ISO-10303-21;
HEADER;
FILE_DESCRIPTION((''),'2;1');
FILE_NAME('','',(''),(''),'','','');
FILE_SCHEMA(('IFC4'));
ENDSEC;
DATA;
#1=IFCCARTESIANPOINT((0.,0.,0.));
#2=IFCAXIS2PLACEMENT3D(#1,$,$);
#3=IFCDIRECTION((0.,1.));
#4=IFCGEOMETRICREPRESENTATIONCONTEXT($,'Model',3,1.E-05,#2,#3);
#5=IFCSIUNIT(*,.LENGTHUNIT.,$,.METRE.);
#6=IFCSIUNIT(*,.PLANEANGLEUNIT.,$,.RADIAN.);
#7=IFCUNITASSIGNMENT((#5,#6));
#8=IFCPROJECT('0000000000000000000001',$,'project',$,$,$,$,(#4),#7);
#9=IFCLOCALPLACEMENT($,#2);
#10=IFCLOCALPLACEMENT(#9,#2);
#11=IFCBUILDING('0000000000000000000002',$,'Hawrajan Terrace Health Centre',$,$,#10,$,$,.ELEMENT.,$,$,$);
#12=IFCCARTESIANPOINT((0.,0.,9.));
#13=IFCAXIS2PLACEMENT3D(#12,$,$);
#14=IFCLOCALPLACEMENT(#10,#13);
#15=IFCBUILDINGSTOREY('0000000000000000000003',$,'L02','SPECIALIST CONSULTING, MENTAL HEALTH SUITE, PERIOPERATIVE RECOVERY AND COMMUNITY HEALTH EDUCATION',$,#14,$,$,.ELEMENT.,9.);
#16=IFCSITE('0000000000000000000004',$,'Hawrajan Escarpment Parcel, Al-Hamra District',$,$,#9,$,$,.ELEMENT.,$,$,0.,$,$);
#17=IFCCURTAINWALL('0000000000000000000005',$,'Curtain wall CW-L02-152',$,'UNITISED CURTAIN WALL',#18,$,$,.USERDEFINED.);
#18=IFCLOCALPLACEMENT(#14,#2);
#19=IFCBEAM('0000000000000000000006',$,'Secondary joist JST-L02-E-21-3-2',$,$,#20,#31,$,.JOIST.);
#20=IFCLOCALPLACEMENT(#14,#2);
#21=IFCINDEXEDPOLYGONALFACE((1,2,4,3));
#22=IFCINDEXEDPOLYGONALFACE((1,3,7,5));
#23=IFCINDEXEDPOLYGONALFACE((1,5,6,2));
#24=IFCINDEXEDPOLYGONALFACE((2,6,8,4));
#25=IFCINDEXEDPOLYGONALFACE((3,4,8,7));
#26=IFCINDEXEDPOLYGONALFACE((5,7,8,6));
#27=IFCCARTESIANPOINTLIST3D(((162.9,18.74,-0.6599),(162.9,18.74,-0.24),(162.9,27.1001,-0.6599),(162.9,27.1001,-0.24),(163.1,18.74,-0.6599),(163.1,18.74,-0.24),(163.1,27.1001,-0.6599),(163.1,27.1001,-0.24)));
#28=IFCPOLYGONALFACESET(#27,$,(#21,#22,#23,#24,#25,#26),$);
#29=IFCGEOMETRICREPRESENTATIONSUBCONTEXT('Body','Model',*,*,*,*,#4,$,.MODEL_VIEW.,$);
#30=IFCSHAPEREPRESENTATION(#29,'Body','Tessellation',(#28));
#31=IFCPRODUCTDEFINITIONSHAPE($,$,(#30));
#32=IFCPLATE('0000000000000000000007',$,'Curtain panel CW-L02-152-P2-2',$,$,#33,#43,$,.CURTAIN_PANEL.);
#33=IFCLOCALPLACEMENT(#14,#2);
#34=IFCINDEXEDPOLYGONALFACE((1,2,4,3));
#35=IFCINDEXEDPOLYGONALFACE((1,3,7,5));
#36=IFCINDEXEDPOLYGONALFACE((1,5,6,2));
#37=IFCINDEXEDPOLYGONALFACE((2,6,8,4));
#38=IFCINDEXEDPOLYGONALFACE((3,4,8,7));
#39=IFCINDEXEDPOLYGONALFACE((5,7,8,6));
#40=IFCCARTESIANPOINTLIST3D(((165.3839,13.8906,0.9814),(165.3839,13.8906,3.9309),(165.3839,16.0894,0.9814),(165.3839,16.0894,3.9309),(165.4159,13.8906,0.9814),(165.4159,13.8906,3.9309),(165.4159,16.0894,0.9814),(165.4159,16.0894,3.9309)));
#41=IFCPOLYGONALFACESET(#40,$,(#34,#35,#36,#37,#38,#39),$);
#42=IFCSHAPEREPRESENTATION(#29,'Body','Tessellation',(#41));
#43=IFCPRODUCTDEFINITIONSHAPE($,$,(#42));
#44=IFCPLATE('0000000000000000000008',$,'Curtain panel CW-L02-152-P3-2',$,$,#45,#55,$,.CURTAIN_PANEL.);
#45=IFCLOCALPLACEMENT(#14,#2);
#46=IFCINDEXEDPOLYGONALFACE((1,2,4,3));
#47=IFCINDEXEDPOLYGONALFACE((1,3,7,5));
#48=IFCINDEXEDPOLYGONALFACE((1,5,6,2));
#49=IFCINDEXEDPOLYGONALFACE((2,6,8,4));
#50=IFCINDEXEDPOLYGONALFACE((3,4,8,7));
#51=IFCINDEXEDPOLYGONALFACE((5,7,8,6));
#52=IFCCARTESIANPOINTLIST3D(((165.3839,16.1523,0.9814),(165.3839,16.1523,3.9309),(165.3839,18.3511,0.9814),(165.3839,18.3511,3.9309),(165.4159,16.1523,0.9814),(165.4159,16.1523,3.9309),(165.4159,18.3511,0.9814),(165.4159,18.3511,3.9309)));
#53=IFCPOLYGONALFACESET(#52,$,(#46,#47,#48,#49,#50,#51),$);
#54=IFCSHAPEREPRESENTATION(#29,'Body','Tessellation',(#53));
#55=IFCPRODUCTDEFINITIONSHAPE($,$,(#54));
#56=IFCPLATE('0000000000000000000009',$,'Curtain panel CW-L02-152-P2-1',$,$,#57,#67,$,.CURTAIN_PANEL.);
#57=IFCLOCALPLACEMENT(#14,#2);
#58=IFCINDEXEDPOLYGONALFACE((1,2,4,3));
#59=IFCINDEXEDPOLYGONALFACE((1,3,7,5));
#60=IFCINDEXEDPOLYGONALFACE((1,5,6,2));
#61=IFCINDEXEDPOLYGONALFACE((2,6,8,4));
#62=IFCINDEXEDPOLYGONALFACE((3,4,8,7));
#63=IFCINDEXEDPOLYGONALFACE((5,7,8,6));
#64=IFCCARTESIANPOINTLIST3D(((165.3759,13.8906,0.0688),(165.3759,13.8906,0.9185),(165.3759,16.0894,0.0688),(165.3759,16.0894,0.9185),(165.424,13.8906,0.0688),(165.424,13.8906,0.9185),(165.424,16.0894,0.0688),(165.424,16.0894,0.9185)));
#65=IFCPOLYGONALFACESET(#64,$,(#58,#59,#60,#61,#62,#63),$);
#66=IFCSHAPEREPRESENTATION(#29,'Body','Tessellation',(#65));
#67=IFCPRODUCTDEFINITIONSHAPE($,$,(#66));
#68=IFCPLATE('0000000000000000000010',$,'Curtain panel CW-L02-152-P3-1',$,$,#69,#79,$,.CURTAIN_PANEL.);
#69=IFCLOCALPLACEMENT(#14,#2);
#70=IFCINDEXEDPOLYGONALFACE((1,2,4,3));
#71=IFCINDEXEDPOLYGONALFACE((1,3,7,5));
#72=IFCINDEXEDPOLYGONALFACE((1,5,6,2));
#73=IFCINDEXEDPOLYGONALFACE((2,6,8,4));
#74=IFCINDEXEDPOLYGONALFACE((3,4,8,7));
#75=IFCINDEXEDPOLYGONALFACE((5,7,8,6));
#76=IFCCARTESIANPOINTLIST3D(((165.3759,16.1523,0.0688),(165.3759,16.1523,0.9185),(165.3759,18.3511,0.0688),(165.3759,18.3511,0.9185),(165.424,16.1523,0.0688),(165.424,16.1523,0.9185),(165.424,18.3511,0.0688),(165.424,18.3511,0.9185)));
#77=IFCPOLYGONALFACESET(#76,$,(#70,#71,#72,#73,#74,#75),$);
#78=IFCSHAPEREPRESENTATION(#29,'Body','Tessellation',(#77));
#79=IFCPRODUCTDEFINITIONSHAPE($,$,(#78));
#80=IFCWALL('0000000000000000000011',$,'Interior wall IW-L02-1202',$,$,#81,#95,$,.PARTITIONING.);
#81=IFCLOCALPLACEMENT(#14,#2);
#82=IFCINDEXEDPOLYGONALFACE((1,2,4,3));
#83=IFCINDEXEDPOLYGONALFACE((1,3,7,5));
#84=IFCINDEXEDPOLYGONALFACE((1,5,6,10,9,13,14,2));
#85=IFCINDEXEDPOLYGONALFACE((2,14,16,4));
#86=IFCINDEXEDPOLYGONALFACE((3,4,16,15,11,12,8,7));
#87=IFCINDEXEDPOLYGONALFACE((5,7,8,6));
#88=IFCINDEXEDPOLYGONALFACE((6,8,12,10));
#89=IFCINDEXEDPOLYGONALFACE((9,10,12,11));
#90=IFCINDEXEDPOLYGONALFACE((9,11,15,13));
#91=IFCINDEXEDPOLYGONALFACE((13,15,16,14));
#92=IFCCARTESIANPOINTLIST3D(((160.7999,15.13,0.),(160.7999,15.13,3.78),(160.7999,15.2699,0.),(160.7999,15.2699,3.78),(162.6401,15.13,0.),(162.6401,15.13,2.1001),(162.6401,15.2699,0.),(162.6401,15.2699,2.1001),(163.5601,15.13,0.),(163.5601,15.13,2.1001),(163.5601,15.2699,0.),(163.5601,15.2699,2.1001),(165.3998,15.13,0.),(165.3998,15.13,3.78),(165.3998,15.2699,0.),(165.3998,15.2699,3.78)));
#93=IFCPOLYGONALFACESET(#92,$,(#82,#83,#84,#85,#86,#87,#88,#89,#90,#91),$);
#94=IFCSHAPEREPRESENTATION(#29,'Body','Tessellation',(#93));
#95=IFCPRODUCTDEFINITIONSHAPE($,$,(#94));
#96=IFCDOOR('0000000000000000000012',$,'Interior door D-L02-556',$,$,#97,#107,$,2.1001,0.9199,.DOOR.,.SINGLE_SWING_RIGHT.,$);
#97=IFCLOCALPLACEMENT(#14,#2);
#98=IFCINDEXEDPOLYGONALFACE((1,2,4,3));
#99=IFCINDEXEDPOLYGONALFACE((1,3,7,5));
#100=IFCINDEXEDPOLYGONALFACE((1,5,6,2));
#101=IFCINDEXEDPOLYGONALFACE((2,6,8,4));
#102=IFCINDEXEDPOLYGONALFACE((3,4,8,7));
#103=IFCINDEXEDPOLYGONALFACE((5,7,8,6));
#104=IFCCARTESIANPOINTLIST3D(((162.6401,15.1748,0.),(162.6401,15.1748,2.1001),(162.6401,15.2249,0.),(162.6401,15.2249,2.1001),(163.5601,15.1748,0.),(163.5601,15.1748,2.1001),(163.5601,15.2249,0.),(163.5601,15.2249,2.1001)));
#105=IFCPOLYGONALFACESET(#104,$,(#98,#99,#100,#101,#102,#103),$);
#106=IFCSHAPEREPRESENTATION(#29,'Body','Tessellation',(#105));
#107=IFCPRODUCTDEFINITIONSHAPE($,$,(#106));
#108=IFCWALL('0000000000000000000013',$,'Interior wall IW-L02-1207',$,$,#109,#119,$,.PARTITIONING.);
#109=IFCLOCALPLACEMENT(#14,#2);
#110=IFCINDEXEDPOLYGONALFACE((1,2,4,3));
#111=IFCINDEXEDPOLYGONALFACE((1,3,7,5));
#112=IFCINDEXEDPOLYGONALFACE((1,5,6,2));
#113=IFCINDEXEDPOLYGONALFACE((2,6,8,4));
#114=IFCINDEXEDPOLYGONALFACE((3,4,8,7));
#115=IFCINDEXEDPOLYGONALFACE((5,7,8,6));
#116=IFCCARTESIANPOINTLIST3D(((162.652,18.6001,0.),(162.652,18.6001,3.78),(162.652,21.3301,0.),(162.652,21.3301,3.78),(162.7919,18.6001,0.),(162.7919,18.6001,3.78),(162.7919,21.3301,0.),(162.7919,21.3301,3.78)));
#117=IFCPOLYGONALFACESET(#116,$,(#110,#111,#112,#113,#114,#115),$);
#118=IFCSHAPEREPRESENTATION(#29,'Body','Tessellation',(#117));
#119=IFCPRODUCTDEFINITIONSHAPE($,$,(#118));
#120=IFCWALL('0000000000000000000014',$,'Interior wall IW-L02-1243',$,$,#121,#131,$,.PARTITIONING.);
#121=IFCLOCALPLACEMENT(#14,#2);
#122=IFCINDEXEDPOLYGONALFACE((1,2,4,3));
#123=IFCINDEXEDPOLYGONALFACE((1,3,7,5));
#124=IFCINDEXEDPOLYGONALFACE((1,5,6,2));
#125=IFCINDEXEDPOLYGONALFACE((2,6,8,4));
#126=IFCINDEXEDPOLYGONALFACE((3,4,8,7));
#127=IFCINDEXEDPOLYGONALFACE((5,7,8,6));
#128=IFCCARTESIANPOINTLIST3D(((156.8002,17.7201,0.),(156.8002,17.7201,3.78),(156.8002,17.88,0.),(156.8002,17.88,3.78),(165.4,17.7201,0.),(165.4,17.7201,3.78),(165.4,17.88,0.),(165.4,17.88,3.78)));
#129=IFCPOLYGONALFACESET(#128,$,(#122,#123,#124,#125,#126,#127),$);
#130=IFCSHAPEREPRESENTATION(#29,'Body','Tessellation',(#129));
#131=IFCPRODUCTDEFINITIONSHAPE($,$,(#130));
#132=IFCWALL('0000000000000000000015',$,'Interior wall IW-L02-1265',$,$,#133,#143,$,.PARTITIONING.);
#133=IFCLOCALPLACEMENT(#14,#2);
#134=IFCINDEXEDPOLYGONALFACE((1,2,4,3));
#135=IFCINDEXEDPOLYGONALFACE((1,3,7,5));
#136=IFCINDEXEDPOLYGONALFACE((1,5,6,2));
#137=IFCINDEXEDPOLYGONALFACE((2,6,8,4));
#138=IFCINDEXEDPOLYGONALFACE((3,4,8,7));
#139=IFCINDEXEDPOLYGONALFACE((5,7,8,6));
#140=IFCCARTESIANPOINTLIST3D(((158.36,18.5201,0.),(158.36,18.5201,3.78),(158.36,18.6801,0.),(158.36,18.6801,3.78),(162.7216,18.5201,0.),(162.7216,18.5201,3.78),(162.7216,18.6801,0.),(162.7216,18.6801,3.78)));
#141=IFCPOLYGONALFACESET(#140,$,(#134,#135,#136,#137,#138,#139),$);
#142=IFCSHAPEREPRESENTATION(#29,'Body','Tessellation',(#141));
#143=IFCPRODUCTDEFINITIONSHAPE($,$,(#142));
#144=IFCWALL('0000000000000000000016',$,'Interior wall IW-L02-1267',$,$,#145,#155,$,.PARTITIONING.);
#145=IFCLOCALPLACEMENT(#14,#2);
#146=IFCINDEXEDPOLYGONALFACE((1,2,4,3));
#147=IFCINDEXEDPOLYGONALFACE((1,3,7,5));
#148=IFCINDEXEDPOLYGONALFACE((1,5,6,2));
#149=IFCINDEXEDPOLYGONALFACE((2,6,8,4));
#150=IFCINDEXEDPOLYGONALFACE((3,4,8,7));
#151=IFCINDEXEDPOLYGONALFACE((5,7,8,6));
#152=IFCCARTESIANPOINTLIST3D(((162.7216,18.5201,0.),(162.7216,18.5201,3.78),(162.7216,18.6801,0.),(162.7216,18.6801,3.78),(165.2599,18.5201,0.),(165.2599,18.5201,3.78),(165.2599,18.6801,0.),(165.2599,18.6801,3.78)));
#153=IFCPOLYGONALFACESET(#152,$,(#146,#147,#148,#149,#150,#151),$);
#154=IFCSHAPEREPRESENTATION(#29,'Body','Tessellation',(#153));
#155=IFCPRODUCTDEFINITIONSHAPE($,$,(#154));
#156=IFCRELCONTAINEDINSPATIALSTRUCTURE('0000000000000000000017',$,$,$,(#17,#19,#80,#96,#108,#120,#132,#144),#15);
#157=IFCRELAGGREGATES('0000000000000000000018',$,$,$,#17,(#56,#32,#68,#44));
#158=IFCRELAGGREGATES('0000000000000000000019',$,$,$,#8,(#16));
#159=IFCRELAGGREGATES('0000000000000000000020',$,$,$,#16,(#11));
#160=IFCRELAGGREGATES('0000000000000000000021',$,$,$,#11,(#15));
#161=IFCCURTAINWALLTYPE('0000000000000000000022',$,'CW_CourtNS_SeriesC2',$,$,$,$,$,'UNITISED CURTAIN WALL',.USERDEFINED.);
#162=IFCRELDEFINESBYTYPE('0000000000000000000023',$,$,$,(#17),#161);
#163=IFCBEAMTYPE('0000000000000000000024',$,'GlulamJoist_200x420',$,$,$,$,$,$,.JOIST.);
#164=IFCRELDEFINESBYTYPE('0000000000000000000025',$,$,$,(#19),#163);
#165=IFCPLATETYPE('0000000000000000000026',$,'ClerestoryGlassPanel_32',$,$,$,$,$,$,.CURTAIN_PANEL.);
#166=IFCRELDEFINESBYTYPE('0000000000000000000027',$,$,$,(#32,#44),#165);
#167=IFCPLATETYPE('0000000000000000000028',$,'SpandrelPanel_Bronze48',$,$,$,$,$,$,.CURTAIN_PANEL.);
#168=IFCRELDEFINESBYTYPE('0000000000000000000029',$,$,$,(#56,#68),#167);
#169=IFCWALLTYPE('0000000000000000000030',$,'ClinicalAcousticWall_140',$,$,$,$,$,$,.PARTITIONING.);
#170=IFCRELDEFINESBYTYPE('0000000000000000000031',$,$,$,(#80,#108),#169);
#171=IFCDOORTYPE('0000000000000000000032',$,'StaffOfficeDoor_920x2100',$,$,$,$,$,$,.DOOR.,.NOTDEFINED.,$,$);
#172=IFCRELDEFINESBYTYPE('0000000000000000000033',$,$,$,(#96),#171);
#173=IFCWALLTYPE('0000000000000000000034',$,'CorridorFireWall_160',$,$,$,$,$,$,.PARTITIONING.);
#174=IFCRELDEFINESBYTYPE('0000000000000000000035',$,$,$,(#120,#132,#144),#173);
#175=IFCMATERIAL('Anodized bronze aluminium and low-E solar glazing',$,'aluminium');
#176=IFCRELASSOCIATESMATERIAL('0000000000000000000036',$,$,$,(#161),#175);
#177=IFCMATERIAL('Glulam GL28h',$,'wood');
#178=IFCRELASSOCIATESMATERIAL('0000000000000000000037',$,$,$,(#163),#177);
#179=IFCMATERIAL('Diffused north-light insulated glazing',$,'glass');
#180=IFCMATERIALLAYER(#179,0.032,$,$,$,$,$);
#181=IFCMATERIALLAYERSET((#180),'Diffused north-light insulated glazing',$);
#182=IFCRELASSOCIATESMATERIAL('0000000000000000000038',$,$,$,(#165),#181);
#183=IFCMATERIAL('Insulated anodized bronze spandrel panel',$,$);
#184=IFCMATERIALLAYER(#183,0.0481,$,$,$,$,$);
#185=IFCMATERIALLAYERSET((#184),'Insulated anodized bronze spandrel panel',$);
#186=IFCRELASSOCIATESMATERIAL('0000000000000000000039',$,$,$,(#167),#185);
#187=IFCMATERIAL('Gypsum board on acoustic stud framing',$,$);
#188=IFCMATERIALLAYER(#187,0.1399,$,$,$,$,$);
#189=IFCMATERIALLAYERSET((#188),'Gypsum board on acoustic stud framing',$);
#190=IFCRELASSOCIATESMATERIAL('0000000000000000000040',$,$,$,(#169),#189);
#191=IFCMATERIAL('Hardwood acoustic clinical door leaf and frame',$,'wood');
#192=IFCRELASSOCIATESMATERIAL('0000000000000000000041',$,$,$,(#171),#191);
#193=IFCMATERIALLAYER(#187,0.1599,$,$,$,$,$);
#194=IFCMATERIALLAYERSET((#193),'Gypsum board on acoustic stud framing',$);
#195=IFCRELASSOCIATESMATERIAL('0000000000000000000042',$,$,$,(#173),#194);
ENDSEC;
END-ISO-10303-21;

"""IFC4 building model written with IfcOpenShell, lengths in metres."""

from ifc_helpers import new_model, si_unit, direction, frame, frame_2d, origin, origin_2d, place, context, subcontext, project, spatial, rectangle, extrude, material, layer, layer_set, material_profile, profile_set, type_object, element, fill, aggregate, save


model = new_model("IFC4")

# Units and contexts
model_context = context("Model", 3, precision=1e-05, world=origin(), true_north=direction((0.0, 1.0)))
body_context = subcontext(model_context, "Body", "Model", "MODEL_VIEW")
ifc_project = project(units=[si_unit("LENGTHUNIT", "METRE"), si_unit("PLANEANGLEUNIT", "RADIAN")], contexts=[model_context])

# Site, building, storey
site_placement = place(None, origin())
site = spatial("IfcSite", under=ifc_project, at=site_placement, Name="Hawrajan Escarpment Parcel, Al-Hamra District", CompositionType="ELEMENT", RefElevation=0.0)
building_placement = place(site_placement, origin())
building = spatial("IfcBuilding", under=site, at=building_placement, Name="Hawrajan Terrace Health Centre", CompositionType="ELEMENT")
storey_placement = place(building_placement, frame((0.0, 0.0, 9.0)))
storey = spatial("IfcBuildingStorey", under=building, at=storey_placement, Name="L02", Description="SPECIALIST CONSULTING, MENTAL HEALTH SUITE, PERIOPERATIVE RECOVERY AND COMMUNITY HEALTH EDUCATION", CompositionType="ELEMENT", Elevation=9.0)

# Curtain wall
ifc_material_1 = material(Name="Anodized bronze aluminium and low-E solar glazing", Category="aluminium")
curtain_wall_type = type_object("IfcCurtainWallType", Name="CW_CourtNS_SeriesC2", ElementType="UNITISED CURTAIN WALL", PredefinedType="USERDEFINED", material=ifc_material_1)
curtain_wall_placement = place(storey_placement, origin())
curtain_wall = element("IfcCurtainWall", 1, at=curtain_wall_placement, inside=storey, type_object=curtain_wall_type, Name="Curtain wall CW-L02-152", ObjectType="UNITISED CURTAIN WALL", PredefinedType="USERDEFINED")

# Beam
ifc_material_2 = material(Name="Glulam GL28h", Category="wood")
ifc_material_profile_1 = material_profile(ifc_material_2, rectangle(XDim=0.2, YDim=0.4199, at=origin_2d()), Name="GL JST 200x420")
ifc_profile_set_1 = profile_set([ifc_material_profile_1], Name="Glulam GL28h")
beam_type_1 = type_object("IfcBeamType", Name="GlulamJoist_200x420", PredefinedType="JOIST", material=ifc_profile_set_1)
for number, where, z_axis, x_axis, name in (
    (2, (163.0, 18.74, -0.45), (0.0, 1.0, 0.0), (-1.0, 0.0, 0.0), "Secondary joist JST-L02-E-21-3-2"),
):
    element("IfcBeam", number, at=place(storey_placement, frame(where, z_axis=z_axis, x_axis=x_axis)), inside=storey, type_object=beam_type_1, Name=name, PredefinedType="JOIST", context=body_context, shape_type="SweptSolid", body=[
        extrude(rectangle(XDim=0.2, YDim=0.4199, at=origin_2d()), origin(), (0.0, 0.0, 1.0), 8.3601),
    ])

# Plates
ifc_material_3 = material(Name="Diffused north-light insulated glazing", Category="glass")
ifc_layer_1 = layer(ifc_material_3, 0.032)
ifc_layer_set_1 = layer_set([ifc_layer_1], Name="Diffused north-light insulated glazing")
plate_type_1 = type_object("IfcPlateType", Name="ClerestoryGlassPanel_32", PredefinedType="CURTAIN_PANEL", material=ifc_layer_set_1)
plate_1_placement = place(storey_placement, frame((165.3999, 14.99, 0.9814), z_axis=(0.0, 0.0, 1.0), x_axis=(0.0, 1.0, 0.0)))
plate_1 = element("IfcPlate", 3, at=plate_1_placement, type_object=plate_type_1, Name="Curtain panel CW-L02-152-P2-2", PredefinedType="CURTAIN_PANEL", context=body_context, shape_type="SweptSolid", body=[
    extrude(rectangle(XDim=2.1987, YDim=0.032, at=origin_2d()), origin(), (0.0, 0.0, 1.0), 2.9495),
])
plate_2_placement = place(storey_placement, frame((165.3999, 17.2517, 0.9814), z_axis=(0.0, 0.0, 1.0), x_axis=(0.0, 1.0, 0.0)))
plate_2 = element("IfcPlate", 4, at=plate_2_placement, type_object=plate_type_1, Name="Curtain panel CW-L02-152-P3-2", PredefinedType="CURTAIN_PANEL", context=body_context, shape_type="SweptSolid", body=[
    extrude(rectangle(XDim=2.1987, YDim=0.032, at=origin_2d()), origin(), (0.0, 0.0, 1.0), 2.9495),
])
ifc_material_4 = material(Name="Insulated anodized bronze spandrel panel")
ifc_layer_2 = layer(ifc_material_4, 0.0481)
ifc_layer_set_2 = layer_set([ifc_layer_2], Name="Insulated anodized bronze spandrel panel")
plate_type_2 = type_object("IfcPlateType", Name="SpandrelPanel_Bronze48", PredefinedType="CURTAIN_PANEL", material=ifc_layer_set_2)
plate_3_placement = place(storey_placement, frame((165.3999, 14.99, 0.0688), z_axis=(0.0, 0.0, 1.0), x_axis=(0.0, 1.0, 0.0)))
plate_3 = element("IfcPlate", 5, at=plate_3_placement, type_object=plate_type_2, Name="Curtain panel CW-L02-152-P2-1", PredefinedType="CURTAIN_PANEL", context=body_context, shape_type="SweptSolid", body=[
    extrude(rectangle(XDim=2.1987, YDim=0.0481, at=origin_2d()), origin(), (0.0, 0.0, 1.0), 0.8496),
])
plate_4_placement = place(storey_placement, frame((165.3999, 17.2517, 0.0688), z_axis=(0.0, 0.0, 1.0), x_axis=(0.0, 1.0, 0.0)))
plate_4 = element("IfcPlate", 6, at=plate_4_placement, type_object=plate_type_2, Name="Curtain panel CW-L02-152-P3-1", PredefinedType="CURTAIN_PANEL", context=body_context, shape_type="SweptSolid", body=[
    extrude(rectangle(XDim=2.1987, YDim=0.0481, at=origin_2d()), origin(), (0.0, 0.0, 1.0), 0.8496),
])
aggregate(curtain_wall, [plate_3, plate_1, plate_4, plate_2])

# Wall, opening, door
ifc_material_5 = material(Name="Gypsum board on acoustic stud framing")
ifc_layer_3 = layer(ifc_material_5, 0.1399)
ifc_layer_set_3 = layer_set([ifc_layer_3], Name="Gypsum board on acoustic stud framing")
wall_type_1 = type_object("IfcWallType", Name="ClinicalAcousticWall_140", PredefinedType="PARTITIONING", material=ifc_layer_set_3)
wall_1_placement = place(storey_placement, frame((160.8, 15.2, 0.0), z_axis=(0.0, 0.0, 1.0), x_axis=(1.0, 0.0, 0.0)))
wall_1 = element("IfcWall", 7, at=wall_1_placement, inside=storey, type_object=wall_type_1, Name="Interior wall IW-L02-1202", PredefinedType="PARTITIONING", context=body_context, shape_type="SweptSolid", body=[
    extrude(rectangle(XDim=4.5999, YDim=0.1399, at=frame_2d((2.2998, 0.0))), origin(), (0.0, 0.0, 1.0), 3.78),
])
opening_placement = place(wall_1_placement, frame((1.8401, 0.0, 0.0)))
opening = element("IfcOpeningElement", 8, at=opening_placement, cuts=wall_1, PredefinedType="OPENING", context=body_context, shape_type="SweptSolid", body=[
    extrude(rectangle(XDim=0.9199, YDim=2.1001, at=frame_2d((0.46, 1.05))), frame((0.0, 0.0798, 0.0), z_axis=(0.0, -1.0, 0.0), x_axis=(1.0, 0.0, 0.0)), (0.0, 0.0, 1.0), 0.1599),
])
ifc_material_6 = material(Name="Hardwood acoustic clinical door leaf and frame", Category="wood")
door_type = type_object("IfcDoorType", Name="StaffOfficeDoor_920x2100", OperationType="NOTDEFINED", PredefinedType="DOOR", material=ifc_material_6)
door_placement = place(opening_placement, origin())
door = element("IfcDoor", 9, at=door_placement, inside=storey, type_object=door_type, Name="Interior door D-L02-556", OperationType="SINGLE_SWING_RIGHT", OverallHeight=2.1001, OverallWidth=0.9199, PredefinedType="DOOR", context=body_context, shape_type="SweptSolid", body=[
    extrude(rectangle(XDim=0.9199, YDim=2.1001, at=frame_2d((0.46, 1.05))), frame((0.0, 0.0249, 0.0), z_axis=(0.0, -1.0, 0.0), x_axis=(1.0, 0.0, 0.0)), (0.0, 0.0, 1.0), 0.05),
])
fill(opening, door)

# Walls
wall_2_placement = place(storey_placement, frame((162.7219, 18.6001, 0.0), z_axis=(0.0, 0.0, 1.0), x_axis=(0.0, 1.0, 0.0)))
element("IfcWall", 10, at=wall_2_placement, inside=storey, type_object=wall_type_1, Name="Interior wall IW-L02-1207", PredefinedType="PARTITIONING", context=body_context, shape_type="SweptSolid", body=[
    extrude(rectangle(XDim=2.73, YDim=0.1399, at=frame_2d((1.365, 0.0))), origin(), (0.0, 0.0, 1.0), 3.78),
])
ifc_layer_4 = layer(ifc_material_5, 0.1599)
ifc_layer_set_4 = layer_set([ifc_layer_4], Name="Gypsum board on acoustic stud framing")
wall_type_2 = type_object("IfcWallType", Name="CorridorFireWall_160", PredefinedType="PARTITIONING", material=ifc_layer_set_4)
wall_3_placement = place(storey_placement, frame((165.3999, 17.8, 0.0), z_axis=(0.0, 0.0, 1.0), x_axis=(-1.0, 0.0, 0.0)))
element("IfcWall", 11, at=wall_3_placement, inside=storey, type_object=wall_type_2, Name="Interior wall IW-L02-1243", PredefinedType="PARTITIONING", context=body_context, shape_type="SweptSolid", body=[
    extrude(rectangle(XDim=8.5999, YDim=0.1599, at=frame_2d((4.2998, 0.0))), origin(), (0.0, 0.0, 1.0), 3.78),
])
wall_4_placement = place(storey_placement, frame((158.3601, 18.6001, 0.0), z_axis=(0.0, 0.0, 1.0), x_axis=(1.0, 0.0, 0.0)))
element("IfcWall", 12, at=wall_4_placement, inside=storey, type_object=wall_type_2, Name="Interior wall IW-L02-1265", PredefinedType="PARTITIONING", context=body_context, shape_type="SweptSolid", body=[
    extrude(rectangle(XDim=4.3616, YDim=0.1599, at=frame_2d((2.1807, 0.0))), origin(), (0.0, 0.0, 1.0), 3.78),
])
wall_5_placement = place(storey_placement, frame((162.7217, 18.6001, 0.0), z_axis=(0.0, 0.0, 1.0), x_axis=(1.0, 0.0, 0.0)))
element("IfcWall", 13, at=wall_5_placement, inside=storey, type_object=wall_type_2, Name="Interior wall IW-L02-1267", PredefinedType="PARTITIONING", context=body_context, shape_type="SweptSolid", body=[
    extrude(rectangle(XDim=2.5383, YDim=0.1599, at=frame_2d((1.269, 0.0))), origin(), (0.0, 0.0, 1.0), 3.78),
])

save(model, "model.ifc")
